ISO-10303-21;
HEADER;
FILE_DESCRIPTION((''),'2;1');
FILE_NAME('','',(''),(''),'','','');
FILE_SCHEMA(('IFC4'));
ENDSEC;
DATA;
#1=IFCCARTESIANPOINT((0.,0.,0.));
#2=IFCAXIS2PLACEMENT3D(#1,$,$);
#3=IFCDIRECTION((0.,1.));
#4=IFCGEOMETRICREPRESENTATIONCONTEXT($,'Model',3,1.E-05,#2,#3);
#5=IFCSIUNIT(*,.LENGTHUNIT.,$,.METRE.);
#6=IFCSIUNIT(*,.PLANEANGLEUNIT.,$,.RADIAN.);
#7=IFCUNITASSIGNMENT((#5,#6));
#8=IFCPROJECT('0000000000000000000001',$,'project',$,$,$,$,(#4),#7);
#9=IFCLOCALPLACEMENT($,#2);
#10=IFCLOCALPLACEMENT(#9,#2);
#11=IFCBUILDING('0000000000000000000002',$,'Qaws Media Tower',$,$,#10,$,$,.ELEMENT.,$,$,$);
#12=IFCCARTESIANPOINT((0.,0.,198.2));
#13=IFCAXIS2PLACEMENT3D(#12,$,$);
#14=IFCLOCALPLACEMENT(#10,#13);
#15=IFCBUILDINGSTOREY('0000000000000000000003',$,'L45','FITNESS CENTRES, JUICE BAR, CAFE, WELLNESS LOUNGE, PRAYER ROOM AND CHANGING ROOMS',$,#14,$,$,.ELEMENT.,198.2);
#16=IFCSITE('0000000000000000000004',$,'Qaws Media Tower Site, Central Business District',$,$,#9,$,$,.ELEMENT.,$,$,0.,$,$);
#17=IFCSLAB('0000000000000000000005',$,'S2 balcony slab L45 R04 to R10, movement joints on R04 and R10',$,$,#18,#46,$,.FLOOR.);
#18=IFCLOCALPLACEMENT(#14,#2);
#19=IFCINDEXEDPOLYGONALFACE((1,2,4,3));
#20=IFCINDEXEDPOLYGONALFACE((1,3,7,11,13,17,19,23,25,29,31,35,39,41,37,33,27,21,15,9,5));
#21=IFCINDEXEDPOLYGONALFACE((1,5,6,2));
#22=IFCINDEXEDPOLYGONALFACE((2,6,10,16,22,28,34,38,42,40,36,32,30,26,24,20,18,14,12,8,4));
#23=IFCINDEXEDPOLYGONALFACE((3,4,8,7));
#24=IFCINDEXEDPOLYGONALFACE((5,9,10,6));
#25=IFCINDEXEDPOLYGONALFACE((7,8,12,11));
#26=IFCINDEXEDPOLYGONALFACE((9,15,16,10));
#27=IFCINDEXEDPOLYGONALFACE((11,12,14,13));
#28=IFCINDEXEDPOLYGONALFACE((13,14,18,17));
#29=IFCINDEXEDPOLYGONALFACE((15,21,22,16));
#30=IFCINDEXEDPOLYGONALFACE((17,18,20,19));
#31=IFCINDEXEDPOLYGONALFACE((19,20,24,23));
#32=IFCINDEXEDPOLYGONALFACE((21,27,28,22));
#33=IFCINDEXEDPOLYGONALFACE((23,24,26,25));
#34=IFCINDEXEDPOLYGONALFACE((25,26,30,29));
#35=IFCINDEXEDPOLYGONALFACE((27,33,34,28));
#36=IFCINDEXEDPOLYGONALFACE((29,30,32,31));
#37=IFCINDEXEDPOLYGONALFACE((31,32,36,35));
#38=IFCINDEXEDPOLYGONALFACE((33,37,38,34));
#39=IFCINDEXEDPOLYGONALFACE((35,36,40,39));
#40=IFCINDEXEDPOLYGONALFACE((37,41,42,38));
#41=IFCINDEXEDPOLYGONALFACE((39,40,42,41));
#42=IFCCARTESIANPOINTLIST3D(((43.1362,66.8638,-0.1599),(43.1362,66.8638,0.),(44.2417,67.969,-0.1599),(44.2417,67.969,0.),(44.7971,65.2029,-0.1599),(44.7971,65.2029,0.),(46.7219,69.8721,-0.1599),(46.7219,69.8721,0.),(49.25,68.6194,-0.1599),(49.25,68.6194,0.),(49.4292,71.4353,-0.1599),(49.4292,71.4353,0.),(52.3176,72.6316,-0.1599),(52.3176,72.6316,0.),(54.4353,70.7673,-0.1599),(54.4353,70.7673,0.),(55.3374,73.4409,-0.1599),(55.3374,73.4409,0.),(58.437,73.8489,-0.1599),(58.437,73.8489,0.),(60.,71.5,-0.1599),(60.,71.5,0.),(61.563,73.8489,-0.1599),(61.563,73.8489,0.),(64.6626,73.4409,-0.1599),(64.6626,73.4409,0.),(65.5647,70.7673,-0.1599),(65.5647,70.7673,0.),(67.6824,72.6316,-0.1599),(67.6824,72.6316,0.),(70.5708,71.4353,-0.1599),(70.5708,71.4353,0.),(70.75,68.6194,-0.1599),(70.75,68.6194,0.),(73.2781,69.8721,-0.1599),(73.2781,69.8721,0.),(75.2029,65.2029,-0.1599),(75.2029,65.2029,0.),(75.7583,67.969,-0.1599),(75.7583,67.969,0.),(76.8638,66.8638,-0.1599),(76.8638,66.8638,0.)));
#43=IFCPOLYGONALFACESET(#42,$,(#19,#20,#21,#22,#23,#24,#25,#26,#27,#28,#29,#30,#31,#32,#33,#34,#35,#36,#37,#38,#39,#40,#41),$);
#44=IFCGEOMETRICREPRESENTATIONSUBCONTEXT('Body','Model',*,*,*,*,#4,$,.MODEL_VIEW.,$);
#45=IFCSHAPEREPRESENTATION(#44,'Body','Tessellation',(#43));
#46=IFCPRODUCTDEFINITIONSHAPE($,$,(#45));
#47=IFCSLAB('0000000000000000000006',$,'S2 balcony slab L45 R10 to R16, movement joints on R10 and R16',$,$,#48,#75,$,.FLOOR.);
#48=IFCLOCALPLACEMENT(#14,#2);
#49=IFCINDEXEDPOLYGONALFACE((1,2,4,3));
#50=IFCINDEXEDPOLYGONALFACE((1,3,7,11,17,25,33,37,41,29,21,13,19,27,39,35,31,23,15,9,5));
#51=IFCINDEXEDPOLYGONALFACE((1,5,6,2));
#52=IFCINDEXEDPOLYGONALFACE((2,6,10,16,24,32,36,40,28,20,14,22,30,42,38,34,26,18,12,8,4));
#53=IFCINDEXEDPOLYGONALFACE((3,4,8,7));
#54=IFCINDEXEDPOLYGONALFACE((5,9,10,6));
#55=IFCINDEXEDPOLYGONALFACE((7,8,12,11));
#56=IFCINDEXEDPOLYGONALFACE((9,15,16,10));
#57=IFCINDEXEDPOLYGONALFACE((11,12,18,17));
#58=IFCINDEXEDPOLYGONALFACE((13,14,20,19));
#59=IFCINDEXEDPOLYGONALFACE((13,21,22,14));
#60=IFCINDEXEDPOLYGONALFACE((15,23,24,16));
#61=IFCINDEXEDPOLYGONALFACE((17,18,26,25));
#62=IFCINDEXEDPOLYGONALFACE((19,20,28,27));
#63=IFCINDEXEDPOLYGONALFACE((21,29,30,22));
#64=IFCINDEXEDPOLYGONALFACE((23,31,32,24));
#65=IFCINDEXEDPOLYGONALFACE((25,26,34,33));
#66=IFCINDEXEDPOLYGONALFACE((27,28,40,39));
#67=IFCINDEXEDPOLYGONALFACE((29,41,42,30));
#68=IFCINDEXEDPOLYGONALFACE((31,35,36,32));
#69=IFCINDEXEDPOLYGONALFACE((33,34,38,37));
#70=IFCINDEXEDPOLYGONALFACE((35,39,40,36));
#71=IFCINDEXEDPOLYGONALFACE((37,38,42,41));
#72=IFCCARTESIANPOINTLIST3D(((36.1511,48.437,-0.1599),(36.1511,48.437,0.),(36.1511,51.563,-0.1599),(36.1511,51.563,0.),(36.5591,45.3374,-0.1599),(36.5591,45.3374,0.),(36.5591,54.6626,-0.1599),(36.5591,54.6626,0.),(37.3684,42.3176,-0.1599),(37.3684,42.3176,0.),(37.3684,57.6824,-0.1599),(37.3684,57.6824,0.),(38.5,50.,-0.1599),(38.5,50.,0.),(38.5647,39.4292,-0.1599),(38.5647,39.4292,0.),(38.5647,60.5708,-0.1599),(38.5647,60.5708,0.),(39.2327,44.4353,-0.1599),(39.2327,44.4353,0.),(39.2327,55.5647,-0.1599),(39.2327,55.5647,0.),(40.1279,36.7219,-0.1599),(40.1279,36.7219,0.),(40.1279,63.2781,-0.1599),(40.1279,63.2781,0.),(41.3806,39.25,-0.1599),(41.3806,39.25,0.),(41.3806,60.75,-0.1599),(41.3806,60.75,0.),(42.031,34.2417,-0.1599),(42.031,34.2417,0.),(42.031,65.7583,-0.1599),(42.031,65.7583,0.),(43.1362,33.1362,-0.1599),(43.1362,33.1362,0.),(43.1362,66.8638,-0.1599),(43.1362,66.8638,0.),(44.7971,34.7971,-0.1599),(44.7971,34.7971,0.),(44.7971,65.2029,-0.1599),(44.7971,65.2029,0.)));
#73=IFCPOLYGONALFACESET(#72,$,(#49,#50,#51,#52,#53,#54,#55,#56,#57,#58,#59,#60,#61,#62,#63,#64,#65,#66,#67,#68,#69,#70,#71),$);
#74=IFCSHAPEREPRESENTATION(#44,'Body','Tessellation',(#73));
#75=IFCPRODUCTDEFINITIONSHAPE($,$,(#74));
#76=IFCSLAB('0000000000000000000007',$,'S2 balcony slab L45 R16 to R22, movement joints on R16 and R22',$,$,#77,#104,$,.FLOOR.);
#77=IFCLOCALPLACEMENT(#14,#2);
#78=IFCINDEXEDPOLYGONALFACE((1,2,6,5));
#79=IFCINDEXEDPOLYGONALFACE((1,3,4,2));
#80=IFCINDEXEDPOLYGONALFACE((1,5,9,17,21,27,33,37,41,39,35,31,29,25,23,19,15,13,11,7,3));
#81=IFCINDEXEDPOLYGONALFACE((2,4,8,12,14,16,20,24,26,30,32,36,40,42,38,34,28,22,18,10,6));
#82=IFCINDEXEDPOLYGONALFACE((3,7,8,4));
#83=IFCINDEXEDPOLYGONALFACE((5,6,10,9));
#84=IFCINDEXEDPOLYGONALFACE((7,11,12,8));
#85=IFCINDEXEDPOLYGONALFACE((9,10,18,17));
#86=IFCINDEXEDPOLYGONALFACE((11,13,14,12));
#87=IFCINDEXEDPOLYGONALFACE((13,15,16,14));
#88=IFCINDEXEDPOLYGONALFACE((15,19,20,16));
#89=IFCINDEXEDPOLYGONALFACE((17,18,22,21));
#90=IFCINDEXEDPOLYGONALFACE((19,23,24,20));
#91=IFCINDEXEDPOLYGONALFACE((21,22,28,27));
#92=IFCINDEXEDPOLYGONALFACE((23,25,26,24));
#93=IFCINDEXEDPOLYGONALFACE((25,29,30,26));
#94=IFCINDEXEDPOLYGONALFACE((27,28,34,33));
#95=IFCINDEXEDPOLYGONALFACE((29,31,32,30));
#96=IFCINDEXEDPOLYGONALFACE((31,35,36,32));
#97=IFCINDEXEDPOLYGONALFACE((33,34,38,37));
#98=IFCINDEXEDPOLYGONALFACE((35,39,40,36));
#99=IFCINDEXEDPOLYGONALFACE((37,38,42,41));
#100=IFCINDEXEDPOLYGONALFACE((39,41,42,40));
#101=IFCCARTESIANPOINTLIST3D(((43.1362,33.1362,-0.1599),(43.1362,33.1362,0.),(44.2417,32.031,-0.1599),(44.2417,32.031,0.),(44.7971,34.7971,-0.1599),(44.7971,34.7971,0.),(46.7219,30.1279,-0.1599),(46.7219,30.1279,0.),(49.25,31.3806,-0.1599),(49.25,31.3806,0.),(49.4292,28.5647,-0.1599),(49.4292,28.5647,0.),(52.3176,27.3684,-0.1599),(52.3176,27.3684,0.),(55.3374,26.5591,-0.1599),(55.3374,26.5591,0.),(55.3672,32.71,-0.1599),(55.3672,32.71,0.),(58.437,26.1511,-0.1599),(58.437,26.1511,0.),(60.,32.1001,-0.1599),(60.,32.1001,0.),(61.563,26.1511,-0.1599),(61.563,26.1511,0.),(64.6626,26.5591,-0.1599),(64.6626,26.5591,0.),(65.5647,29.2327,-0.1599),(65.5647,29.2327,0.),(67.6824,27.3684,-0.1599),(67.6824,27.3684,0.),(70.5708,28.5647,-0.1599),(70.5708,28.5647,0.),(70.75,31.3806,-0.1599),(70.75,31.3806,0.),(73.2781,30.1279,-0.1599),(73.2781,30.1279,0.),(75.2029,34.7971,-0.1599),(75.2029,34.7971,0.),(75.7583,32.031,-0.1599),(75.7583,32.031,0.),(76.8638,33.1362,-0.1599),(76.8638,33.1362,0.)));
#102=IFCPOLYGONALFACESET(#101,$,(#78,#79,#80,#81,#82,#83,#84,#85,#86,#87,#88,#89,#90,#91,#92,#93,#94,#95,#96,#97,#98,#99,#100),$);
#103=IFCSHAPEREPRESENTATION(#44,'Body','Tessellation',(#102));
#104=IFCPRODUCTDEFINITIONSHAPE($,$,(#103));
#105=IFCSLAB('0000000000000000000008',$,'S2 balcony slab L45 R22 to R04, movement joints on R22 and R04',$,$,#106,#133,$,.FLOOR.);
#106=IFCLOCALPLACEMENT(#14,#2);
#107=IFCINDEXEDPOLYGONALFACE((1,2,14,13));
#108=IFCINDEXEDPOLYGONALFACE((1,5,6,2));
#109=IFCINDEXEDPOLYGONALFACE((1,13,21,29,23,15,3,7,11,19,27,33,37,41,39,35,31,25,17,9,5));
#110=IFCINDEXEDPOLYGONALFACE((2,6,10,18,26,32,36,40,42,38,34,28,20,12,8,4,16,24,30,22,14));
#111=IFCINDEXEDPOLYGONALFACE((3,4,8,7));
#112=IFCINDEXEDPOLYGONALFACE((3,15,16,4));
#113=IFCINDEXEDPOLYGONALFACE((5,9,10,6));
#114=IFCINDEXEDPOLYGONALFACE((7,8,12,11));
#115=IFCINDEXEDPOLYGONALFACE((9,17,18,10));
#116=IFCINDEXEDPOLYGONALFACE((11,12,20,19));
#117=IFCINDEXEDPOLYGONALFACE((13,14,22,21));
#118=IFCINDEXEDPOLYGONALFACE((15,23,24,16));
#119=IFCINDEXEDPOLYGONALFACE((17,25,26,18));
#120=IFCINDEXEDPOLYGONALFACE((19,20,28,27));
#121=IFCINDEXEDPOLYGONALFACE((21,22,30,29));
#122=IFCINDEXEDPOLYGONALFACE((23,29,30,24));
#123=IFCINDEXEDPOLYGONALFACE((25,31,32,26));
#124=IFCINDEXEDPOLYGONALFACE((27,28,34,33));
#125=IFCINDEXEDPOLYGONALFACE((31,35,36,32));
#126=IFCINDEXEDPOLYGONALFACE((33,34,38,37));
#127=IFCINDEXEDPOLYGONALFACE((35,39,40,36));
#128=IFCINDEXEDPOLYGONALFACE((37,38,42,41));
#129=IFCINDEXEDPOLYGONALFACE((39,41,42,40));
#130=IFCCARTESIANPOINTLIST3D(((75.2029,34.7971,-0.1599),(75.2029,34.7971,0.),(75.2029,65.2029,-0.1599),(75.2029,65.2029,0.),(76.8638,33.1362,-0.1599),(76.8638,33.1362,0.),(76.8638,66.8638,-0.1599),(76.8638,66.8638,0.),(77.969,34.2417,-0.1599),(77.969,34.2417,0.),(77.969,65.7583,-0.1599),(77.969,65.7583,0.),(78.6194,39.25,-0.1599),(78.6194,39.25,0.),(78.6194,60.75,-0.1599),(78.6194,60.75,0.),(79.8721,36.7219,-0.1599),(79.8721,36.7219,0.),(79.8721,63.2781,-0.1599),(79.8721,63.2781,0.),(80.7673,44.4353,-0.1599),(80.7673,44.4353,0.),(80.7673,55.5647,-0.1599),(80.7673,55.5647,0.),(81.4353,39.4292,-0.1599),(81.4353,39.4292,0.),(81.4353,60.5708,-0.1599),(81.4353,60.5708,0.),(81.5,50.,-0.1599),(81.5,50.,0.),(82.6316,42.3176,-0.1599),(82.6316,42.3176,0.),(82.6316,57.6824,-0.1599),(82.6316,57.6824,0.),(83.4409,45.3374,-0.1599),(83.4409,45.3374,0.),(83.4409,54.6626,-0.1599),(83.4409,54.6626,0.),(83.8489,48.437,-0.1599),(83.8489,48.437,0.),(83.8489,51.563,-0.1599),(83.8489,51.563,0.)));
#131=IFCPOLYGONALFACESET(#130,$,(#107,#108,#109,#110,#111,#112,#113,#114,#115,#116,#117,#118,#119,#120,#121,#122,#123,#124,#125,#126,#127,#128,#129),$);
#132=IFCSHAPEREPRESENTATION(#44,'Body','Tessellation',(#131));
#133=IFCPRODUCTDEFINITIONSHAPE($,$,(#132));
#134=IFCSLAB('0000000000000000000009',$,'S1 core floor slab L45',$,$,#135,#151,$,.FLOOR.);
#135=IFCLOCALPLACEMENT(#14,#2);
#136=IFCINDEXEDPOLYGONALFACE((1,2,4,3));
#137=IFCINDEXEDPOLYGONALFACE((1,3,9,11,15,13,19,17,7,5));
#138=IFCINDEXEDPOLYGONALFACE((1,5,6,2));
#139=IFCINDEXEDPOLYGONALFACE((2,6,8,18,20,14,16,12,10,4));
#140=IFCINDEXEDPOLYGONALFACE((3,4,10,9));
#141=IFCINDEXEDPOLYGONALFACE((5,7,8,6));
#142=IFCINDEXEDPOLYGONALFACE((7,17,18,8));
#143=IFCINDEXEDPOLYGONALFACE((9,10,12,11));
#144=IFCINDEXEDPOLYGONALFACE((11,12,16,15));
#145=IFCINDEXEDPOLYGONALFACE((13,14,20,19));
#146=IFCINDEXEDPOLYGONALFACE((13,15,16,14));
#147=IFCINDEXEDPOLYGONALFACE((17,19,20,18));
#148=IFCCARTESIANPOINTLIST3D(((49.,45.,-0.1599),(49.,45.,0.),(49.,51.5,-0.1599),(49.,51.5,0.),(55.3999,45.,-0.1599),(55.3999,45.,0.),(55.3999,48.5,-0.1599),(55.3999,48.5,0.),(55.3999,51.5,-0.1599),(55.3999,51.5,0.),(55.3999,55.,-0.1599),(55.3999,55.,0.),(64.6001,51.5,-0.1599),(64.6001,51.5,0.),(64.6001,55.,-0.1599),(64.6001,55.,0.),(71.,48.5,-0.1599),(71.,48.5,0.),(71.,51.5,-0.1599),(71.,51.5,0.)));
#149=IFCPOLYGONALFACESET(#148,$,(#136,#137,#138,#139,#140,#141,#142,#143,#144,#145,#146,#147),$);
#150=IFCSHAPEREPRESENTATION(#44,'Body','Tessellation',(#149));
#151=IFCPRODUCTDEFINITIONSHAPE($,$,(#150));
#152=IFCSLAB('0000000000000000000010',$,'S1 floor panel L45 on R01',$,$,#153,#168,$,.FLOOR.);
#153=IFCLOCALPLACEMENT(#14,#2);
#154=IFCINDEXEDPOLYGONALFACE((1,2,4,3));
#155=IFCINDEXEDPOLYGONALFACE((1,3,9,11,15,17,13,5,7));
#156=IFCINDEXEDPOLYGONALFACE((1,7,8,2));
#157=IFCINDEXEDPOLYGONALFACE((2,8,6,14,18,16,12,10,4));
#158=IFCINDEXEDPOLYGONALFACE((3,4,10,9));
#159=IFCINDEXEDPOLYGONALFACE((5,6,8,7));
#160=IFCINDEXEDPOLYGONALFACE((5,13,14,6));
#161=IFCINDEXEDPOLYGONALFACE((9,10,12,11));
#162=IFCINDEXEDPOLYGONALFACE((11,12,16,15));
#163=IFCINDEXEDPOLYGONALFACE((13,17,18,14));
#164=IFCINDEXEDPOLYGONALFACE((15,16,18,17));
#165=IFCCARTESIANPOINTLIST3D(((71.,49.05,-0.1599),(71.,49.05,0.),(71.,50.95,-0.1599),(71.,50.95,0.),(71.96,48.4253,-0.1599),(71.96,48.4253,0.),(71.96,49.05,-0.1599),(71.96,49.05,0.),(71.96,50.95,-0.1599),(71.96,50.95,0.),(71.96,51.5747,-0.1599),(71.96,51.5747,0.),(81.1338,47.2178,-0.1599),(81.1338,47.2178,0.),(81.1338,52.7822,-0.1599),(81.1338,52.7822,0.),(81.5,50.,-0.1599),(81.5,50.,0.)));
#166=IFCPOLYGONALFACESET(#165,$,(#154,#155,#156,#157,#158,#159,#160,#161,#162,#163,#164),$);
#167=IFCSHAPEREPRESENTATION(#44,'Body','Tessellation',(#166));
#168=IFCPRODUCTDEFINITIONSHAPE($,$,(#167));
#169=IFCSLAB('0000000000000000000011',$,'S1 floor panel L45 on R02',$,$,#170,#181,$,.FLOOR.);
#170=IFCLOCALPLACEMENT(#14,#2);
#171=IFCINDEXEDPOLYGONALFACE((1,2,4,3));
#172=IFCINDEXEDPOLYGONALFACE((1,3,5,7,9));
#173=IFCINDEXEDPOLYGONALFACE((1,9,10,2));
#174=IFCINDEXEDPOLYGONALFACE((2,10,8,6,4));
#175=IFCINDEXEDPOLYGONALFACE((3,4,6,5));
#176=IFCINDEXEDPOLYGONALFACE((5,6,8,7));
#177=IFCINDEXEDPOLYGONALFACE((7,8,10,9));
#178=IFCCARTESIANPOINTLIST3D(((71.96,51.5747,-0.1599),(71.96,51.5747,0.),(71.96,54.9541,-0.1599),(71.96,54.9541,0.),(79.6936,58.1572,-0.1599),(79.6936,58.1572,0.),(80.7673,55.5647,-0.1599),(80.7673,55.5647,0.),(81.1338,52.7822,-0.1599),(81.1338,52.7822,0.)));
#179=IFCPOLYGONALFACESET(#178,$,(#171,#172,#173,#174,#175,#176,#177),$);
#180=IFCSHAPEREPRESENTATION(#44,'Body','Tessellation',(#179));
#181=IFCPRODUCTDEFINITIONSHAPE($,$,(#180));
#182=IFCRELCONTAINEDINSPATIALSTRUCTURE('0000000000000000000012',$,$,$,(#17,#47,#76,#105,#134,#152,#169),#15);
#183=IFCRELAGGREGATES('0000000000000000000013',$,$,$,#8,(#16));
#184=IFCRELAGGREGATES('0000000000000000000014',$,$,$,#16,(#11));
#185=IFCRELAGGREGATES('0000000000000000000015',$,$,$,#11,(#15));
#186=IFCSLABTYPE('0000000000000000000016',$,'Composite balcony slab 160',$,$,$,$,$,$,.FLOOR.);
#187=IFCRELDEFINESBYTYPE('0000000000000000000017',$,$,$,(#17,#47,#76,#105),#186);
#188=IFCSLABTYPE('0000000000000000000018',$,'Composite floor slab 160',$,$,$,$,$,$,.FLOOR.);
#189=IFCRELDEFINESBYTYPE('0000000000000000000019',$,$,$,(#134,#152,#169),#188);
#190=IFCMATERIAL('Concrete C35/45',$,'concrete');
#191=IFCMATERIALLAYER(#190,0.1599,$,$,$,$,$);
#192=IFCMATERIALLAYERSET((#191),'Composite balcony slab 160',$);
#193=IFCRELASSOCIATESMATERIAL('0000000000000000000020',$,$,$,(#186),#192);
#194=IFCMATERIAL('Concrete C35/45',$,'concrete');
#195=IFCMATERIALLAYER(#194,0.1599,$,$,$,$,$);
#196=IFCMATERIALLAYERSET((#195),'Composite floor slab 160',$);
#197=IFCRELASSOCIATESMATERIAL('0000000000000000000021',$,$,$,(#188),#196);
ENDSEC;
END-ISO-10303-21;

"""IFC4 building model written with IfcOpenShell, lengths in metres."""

from ifc_helpers import new_model, si_unit, direction, frame, origin, place, context, subcontext, project, spatial, polyline, outline, extrude, material, layer, layer_set, type_object, element, save


model = new_model("IFC4")

# Units and contexts
model_context = context("Model", 3, precision=1e-05, world=origin(), true_north=direction((0.0, 1.0)))
body_context = subcontext(model_context, "Body", "Model", "MODEL_VIEW")
ifc_project = project(units=[si_unit("LENGTHUNIT", "METRE"), si_unit("PLANEANGLEUNIT", "RADIAN")], contexts=[model_context])

# Site, building, storey
site_placement = place(None, origin())
site = spatial("IfcSite", under=ifc_project, at=site_placement, Name="Qaws Media Tower Site, Central Business District", CompositionType="ELEMENT", RefElevation=0.0)
building_placement = place(site_placement, origin())
building = spatial("IfcBuilding", under=site, at=building_placement, Name="Qaws Media Tower", CompositionType="ELEMENT")
storey_placement = place(building_placement, frame((0.0, 0.0, 198.2)))
storey = spatial("IfcBuildingStorey", under=building, at=storey_placement, Name="L45", Description="FITNESS CENTRES, JUICE BAR, CAFE, WELLNESS LOUNGE, PRAYER ROOM AND CHANGING ROOMS", CompositionType="ELEMENT", Elevation=198.2)

# Slabs
ifc_material_1 = material(Name="Concrete C35/45", Category="concrete")
ifc_layer_1 = layer(ifc_material_1, 0.1599)
ifc_layer_set_1 = layer_set([ifc_layer_1], Name="Composite balcony slab 160")
slab_type_1 = type_object("IfcSlabType", Name="Composite balcony slab 160", PredefinedType="FLOOR", material=ifc_layer_set_1)
slab_1_placement = place(storey_placement, frame((0.0, 0.0, -0.1599)))
element("IfcSlab", 1, at=slab_1_placement, inside=storey, type_object=slab_type_1, Name="S2 balcony slab L45 R04 to R10, movement joints on R04 and R10", PredefinedType="FLOOR", context=body_context, shape_type="SweptSolid", body=[
    extrude(outline(polyline([(44.2417, 67.969), (46.7219, 69.8721), (49.4292, 71.4353), (52.3176, 72.6316), (55.3374, 73.4409), (58.437, 73.8489), (61.563, 73.8489), (64.6626, 73.4409), (67.6824, 72.6316), (70.5708, 71.4353), (73.2781, 69.8721), (75.7583, 67.969), (76.8638, 66.8638), (75.2029, 65.2029), (70.75, 68.6194), (65.5647, 70.7673), (60.0, 71.5), (54.4353, 70.7673), (49.25, 68.6194), (44.7971, 65.2029), (43.1362, 66.8638), (44.2417, 67.969)])), origin(), (0.0, 0.0, 1.0), 0.1599),
])
slab_2_placement = place(storey_placement, frame((0.0, 0.0, -0.1599)))
element("IfcSlab", 2, at=slab_2_placement, inside=storey, type_object=slab_type_1, Name="S2 balcony slab L45 R10 to R16, movement joints on R10 and R16", PredefinedType="FLOOR", context=body_context, shape_type="SweptSolid", body=[
    extrude(outline(polyline([(42.031, 34.2417), (40.1279, 36.7219), (38.5647, 39.4292), (37.3684, 42.3176), (36.5591, 45.3374), (36.1511, 48.437), (36.1511, 51.563), (36.5591, 54.6626), (37.3684, 57.6824), (38.5647, 60.5708), (40.1279, 63.2781), (42.031, 65.7583), (43.1362, 66.8638), (44.7971, 65.2029), (41.3806, 60.75), (39.2327, 55.5647), (38.5, 50.0), (39.2327, 44.4353), (41.3806, 39.25), (44.7971, 34.7971), (43.1362, 33.1362), (42.031, 34.2417)])), origin(), (0.0, 0.0, 1.0), 0.1599),
])
slab_3_placement = place(storey_placement, frame((0.0, 0.0, -0.1599)))
element("IfcSlab", 3, at=slab_3_placement, inside=storey, type_object=slab_type_1, Name="S2 balcony slab L45 R16 to R22, movement joints on R16 and R22", PredefinedType="FLOOR", context=body_context, shape_type="SweptSolid", body=[
    extrude(outline(polyline([(75.7583, 32.031), (73.2781, 30.1279), (70.5708, 28.5647), (67.6824, 27.3684), (64.6626, 26.5591), (61.563, 26.1511), (58.437, 26.1511), (55.3374, 26.5591), (52.3176, 27.3684), (49.4292, 28.5647), (46.7219, 30.1279), (44.2417, 32.031), (43.1362, 33.1362), (44.7971, 34.7971), (49.25, 31.3806), (55.3672, 32.71), (60.0, 32.1001), (65.5647, 29.2327), (70.75, 31.3806), (75.2029, 34.7971), (76.8638, 33.1362), (75.7583, 32.031)])), origin(), (0.0, 0.0, 1.0), 0.1599),
])
slab_4_placement = place(storey_placement, frame((0.0, 0.0, -0.1599)))
element("IfcSlab", 4, at=slab_4_placement, inside=storey, type_object=slab_type_1, Name="S2 balcony slab L45 R22 to R04, movement joints on R22 and R04", PredefinedType="FLOOR", context=body_context, shape_type="SweptSolid", body=[
    extrude(outline(polyline([(83.4409, 45.3374), (82.6316, 42.3176), (81.4353, 39.4292), (79.8721, 36.7219), (77.969, 34.2417), (76.8638, 33.1362), (75.2029, 34.7971), (78.6194, 39.25), (80.7673, 44.4353), (81.5, 50.0), (80.7673, 55.5647), (78.6194, 60.75), (75.2029, 65.2029), (76.8638, 66.8638), (77.969, 65.7583), (79.8721, 63.2781), (81.4353, 60.5708), (82.6316, 57.6824), (83.4409, 54.6626), (83.8489, 51.563), (83.8489, 48.437), (83.4409, 45.3374)])), origin(), (0.0, 0.0, 1.0), 0.1599),
])
ifc_material_2 = material(Name="Concrete C35/45", Category="concrete")
ifc_layer_2 = layer(ifc_material_2, 0.1599)
ifc_layer_set_2 = layer_set([ifc_layer_2], Name="Composite floor slab 160")
slab_type_2 = type_object("IfcSlabType", Name="Composite floor slab 160", PredefinedType="FLOOR", material=ifc_layer_set_2)
slab_5_placement = place(storey_placement, frame((0.0, 0.0, -0.1599)))
element("IfcSlab", 5, at=slab_5_placement, inside=storey, type_object=slab_type_2, Name="S1 core floor slab L45", PredefinedType="FLOOR", context=body_context, shape_type="SweptSolid", body=[
    extrude(outline(polyline([(71.0, 51.5), (71.0, 48.5), (55.3999, 48.5), (55.3999, 45.0), (49.0, 45.0), (49.0, 51.5), (55.3999, 51.5), (55.3999, 55.0), (64.6001, 55.0), (64.6001, 51.5), (71.0, 51.5)])), origin(), (0.0, 0.0, 1.0), 0.1599),
])
slab_6_placement = place(storey_placement, frame((0.0, 0.0, -0.1599)))
element("IfcSlab", 6, at=slab_6_placement, inside=storey, type_object=slab_type_2, Name="S1 floor panel L45 on R01", PredefinedType="FLOOR", context=body_context, shape_type="SweptSolid", body=[
    extrude(outline(polyline([(81.5, 50.0), (81.1338, 47.2178), (71.96, 48.4253), (71.96, 49.05), (71.0, 49.05), (71.0, 50.95), (71.96, 50.95), (71.96, 51.5747), (81.1338, 52.7822), (81.5, 50.0)])), origin(), (0.0, 0.0, 1.0), 0.1599),
])
slab_7_placement = place(storey_placement, frame((0.0, 0.0, -0.1599)))
element("IfcSlab", 7, at=slab_7_placement, inside=storey, type_object=slab_type_2, Name="S1 floor panel L45 on R02", PredefinedType="FLOOR", context=body_context, shape_type="SweptSolid", body=[
    extrude(outline(polyline([(80.7673, 55.5647), (81.1338, 52.7822), (71.96, 51.5747), (71.96, 54.9541), (79.6936, 58.1572), (80.7673, 55.5647)])), origin(), (0.0, 0.0, 1.0), 0.1599),
])

save(model, "model.ifc")
